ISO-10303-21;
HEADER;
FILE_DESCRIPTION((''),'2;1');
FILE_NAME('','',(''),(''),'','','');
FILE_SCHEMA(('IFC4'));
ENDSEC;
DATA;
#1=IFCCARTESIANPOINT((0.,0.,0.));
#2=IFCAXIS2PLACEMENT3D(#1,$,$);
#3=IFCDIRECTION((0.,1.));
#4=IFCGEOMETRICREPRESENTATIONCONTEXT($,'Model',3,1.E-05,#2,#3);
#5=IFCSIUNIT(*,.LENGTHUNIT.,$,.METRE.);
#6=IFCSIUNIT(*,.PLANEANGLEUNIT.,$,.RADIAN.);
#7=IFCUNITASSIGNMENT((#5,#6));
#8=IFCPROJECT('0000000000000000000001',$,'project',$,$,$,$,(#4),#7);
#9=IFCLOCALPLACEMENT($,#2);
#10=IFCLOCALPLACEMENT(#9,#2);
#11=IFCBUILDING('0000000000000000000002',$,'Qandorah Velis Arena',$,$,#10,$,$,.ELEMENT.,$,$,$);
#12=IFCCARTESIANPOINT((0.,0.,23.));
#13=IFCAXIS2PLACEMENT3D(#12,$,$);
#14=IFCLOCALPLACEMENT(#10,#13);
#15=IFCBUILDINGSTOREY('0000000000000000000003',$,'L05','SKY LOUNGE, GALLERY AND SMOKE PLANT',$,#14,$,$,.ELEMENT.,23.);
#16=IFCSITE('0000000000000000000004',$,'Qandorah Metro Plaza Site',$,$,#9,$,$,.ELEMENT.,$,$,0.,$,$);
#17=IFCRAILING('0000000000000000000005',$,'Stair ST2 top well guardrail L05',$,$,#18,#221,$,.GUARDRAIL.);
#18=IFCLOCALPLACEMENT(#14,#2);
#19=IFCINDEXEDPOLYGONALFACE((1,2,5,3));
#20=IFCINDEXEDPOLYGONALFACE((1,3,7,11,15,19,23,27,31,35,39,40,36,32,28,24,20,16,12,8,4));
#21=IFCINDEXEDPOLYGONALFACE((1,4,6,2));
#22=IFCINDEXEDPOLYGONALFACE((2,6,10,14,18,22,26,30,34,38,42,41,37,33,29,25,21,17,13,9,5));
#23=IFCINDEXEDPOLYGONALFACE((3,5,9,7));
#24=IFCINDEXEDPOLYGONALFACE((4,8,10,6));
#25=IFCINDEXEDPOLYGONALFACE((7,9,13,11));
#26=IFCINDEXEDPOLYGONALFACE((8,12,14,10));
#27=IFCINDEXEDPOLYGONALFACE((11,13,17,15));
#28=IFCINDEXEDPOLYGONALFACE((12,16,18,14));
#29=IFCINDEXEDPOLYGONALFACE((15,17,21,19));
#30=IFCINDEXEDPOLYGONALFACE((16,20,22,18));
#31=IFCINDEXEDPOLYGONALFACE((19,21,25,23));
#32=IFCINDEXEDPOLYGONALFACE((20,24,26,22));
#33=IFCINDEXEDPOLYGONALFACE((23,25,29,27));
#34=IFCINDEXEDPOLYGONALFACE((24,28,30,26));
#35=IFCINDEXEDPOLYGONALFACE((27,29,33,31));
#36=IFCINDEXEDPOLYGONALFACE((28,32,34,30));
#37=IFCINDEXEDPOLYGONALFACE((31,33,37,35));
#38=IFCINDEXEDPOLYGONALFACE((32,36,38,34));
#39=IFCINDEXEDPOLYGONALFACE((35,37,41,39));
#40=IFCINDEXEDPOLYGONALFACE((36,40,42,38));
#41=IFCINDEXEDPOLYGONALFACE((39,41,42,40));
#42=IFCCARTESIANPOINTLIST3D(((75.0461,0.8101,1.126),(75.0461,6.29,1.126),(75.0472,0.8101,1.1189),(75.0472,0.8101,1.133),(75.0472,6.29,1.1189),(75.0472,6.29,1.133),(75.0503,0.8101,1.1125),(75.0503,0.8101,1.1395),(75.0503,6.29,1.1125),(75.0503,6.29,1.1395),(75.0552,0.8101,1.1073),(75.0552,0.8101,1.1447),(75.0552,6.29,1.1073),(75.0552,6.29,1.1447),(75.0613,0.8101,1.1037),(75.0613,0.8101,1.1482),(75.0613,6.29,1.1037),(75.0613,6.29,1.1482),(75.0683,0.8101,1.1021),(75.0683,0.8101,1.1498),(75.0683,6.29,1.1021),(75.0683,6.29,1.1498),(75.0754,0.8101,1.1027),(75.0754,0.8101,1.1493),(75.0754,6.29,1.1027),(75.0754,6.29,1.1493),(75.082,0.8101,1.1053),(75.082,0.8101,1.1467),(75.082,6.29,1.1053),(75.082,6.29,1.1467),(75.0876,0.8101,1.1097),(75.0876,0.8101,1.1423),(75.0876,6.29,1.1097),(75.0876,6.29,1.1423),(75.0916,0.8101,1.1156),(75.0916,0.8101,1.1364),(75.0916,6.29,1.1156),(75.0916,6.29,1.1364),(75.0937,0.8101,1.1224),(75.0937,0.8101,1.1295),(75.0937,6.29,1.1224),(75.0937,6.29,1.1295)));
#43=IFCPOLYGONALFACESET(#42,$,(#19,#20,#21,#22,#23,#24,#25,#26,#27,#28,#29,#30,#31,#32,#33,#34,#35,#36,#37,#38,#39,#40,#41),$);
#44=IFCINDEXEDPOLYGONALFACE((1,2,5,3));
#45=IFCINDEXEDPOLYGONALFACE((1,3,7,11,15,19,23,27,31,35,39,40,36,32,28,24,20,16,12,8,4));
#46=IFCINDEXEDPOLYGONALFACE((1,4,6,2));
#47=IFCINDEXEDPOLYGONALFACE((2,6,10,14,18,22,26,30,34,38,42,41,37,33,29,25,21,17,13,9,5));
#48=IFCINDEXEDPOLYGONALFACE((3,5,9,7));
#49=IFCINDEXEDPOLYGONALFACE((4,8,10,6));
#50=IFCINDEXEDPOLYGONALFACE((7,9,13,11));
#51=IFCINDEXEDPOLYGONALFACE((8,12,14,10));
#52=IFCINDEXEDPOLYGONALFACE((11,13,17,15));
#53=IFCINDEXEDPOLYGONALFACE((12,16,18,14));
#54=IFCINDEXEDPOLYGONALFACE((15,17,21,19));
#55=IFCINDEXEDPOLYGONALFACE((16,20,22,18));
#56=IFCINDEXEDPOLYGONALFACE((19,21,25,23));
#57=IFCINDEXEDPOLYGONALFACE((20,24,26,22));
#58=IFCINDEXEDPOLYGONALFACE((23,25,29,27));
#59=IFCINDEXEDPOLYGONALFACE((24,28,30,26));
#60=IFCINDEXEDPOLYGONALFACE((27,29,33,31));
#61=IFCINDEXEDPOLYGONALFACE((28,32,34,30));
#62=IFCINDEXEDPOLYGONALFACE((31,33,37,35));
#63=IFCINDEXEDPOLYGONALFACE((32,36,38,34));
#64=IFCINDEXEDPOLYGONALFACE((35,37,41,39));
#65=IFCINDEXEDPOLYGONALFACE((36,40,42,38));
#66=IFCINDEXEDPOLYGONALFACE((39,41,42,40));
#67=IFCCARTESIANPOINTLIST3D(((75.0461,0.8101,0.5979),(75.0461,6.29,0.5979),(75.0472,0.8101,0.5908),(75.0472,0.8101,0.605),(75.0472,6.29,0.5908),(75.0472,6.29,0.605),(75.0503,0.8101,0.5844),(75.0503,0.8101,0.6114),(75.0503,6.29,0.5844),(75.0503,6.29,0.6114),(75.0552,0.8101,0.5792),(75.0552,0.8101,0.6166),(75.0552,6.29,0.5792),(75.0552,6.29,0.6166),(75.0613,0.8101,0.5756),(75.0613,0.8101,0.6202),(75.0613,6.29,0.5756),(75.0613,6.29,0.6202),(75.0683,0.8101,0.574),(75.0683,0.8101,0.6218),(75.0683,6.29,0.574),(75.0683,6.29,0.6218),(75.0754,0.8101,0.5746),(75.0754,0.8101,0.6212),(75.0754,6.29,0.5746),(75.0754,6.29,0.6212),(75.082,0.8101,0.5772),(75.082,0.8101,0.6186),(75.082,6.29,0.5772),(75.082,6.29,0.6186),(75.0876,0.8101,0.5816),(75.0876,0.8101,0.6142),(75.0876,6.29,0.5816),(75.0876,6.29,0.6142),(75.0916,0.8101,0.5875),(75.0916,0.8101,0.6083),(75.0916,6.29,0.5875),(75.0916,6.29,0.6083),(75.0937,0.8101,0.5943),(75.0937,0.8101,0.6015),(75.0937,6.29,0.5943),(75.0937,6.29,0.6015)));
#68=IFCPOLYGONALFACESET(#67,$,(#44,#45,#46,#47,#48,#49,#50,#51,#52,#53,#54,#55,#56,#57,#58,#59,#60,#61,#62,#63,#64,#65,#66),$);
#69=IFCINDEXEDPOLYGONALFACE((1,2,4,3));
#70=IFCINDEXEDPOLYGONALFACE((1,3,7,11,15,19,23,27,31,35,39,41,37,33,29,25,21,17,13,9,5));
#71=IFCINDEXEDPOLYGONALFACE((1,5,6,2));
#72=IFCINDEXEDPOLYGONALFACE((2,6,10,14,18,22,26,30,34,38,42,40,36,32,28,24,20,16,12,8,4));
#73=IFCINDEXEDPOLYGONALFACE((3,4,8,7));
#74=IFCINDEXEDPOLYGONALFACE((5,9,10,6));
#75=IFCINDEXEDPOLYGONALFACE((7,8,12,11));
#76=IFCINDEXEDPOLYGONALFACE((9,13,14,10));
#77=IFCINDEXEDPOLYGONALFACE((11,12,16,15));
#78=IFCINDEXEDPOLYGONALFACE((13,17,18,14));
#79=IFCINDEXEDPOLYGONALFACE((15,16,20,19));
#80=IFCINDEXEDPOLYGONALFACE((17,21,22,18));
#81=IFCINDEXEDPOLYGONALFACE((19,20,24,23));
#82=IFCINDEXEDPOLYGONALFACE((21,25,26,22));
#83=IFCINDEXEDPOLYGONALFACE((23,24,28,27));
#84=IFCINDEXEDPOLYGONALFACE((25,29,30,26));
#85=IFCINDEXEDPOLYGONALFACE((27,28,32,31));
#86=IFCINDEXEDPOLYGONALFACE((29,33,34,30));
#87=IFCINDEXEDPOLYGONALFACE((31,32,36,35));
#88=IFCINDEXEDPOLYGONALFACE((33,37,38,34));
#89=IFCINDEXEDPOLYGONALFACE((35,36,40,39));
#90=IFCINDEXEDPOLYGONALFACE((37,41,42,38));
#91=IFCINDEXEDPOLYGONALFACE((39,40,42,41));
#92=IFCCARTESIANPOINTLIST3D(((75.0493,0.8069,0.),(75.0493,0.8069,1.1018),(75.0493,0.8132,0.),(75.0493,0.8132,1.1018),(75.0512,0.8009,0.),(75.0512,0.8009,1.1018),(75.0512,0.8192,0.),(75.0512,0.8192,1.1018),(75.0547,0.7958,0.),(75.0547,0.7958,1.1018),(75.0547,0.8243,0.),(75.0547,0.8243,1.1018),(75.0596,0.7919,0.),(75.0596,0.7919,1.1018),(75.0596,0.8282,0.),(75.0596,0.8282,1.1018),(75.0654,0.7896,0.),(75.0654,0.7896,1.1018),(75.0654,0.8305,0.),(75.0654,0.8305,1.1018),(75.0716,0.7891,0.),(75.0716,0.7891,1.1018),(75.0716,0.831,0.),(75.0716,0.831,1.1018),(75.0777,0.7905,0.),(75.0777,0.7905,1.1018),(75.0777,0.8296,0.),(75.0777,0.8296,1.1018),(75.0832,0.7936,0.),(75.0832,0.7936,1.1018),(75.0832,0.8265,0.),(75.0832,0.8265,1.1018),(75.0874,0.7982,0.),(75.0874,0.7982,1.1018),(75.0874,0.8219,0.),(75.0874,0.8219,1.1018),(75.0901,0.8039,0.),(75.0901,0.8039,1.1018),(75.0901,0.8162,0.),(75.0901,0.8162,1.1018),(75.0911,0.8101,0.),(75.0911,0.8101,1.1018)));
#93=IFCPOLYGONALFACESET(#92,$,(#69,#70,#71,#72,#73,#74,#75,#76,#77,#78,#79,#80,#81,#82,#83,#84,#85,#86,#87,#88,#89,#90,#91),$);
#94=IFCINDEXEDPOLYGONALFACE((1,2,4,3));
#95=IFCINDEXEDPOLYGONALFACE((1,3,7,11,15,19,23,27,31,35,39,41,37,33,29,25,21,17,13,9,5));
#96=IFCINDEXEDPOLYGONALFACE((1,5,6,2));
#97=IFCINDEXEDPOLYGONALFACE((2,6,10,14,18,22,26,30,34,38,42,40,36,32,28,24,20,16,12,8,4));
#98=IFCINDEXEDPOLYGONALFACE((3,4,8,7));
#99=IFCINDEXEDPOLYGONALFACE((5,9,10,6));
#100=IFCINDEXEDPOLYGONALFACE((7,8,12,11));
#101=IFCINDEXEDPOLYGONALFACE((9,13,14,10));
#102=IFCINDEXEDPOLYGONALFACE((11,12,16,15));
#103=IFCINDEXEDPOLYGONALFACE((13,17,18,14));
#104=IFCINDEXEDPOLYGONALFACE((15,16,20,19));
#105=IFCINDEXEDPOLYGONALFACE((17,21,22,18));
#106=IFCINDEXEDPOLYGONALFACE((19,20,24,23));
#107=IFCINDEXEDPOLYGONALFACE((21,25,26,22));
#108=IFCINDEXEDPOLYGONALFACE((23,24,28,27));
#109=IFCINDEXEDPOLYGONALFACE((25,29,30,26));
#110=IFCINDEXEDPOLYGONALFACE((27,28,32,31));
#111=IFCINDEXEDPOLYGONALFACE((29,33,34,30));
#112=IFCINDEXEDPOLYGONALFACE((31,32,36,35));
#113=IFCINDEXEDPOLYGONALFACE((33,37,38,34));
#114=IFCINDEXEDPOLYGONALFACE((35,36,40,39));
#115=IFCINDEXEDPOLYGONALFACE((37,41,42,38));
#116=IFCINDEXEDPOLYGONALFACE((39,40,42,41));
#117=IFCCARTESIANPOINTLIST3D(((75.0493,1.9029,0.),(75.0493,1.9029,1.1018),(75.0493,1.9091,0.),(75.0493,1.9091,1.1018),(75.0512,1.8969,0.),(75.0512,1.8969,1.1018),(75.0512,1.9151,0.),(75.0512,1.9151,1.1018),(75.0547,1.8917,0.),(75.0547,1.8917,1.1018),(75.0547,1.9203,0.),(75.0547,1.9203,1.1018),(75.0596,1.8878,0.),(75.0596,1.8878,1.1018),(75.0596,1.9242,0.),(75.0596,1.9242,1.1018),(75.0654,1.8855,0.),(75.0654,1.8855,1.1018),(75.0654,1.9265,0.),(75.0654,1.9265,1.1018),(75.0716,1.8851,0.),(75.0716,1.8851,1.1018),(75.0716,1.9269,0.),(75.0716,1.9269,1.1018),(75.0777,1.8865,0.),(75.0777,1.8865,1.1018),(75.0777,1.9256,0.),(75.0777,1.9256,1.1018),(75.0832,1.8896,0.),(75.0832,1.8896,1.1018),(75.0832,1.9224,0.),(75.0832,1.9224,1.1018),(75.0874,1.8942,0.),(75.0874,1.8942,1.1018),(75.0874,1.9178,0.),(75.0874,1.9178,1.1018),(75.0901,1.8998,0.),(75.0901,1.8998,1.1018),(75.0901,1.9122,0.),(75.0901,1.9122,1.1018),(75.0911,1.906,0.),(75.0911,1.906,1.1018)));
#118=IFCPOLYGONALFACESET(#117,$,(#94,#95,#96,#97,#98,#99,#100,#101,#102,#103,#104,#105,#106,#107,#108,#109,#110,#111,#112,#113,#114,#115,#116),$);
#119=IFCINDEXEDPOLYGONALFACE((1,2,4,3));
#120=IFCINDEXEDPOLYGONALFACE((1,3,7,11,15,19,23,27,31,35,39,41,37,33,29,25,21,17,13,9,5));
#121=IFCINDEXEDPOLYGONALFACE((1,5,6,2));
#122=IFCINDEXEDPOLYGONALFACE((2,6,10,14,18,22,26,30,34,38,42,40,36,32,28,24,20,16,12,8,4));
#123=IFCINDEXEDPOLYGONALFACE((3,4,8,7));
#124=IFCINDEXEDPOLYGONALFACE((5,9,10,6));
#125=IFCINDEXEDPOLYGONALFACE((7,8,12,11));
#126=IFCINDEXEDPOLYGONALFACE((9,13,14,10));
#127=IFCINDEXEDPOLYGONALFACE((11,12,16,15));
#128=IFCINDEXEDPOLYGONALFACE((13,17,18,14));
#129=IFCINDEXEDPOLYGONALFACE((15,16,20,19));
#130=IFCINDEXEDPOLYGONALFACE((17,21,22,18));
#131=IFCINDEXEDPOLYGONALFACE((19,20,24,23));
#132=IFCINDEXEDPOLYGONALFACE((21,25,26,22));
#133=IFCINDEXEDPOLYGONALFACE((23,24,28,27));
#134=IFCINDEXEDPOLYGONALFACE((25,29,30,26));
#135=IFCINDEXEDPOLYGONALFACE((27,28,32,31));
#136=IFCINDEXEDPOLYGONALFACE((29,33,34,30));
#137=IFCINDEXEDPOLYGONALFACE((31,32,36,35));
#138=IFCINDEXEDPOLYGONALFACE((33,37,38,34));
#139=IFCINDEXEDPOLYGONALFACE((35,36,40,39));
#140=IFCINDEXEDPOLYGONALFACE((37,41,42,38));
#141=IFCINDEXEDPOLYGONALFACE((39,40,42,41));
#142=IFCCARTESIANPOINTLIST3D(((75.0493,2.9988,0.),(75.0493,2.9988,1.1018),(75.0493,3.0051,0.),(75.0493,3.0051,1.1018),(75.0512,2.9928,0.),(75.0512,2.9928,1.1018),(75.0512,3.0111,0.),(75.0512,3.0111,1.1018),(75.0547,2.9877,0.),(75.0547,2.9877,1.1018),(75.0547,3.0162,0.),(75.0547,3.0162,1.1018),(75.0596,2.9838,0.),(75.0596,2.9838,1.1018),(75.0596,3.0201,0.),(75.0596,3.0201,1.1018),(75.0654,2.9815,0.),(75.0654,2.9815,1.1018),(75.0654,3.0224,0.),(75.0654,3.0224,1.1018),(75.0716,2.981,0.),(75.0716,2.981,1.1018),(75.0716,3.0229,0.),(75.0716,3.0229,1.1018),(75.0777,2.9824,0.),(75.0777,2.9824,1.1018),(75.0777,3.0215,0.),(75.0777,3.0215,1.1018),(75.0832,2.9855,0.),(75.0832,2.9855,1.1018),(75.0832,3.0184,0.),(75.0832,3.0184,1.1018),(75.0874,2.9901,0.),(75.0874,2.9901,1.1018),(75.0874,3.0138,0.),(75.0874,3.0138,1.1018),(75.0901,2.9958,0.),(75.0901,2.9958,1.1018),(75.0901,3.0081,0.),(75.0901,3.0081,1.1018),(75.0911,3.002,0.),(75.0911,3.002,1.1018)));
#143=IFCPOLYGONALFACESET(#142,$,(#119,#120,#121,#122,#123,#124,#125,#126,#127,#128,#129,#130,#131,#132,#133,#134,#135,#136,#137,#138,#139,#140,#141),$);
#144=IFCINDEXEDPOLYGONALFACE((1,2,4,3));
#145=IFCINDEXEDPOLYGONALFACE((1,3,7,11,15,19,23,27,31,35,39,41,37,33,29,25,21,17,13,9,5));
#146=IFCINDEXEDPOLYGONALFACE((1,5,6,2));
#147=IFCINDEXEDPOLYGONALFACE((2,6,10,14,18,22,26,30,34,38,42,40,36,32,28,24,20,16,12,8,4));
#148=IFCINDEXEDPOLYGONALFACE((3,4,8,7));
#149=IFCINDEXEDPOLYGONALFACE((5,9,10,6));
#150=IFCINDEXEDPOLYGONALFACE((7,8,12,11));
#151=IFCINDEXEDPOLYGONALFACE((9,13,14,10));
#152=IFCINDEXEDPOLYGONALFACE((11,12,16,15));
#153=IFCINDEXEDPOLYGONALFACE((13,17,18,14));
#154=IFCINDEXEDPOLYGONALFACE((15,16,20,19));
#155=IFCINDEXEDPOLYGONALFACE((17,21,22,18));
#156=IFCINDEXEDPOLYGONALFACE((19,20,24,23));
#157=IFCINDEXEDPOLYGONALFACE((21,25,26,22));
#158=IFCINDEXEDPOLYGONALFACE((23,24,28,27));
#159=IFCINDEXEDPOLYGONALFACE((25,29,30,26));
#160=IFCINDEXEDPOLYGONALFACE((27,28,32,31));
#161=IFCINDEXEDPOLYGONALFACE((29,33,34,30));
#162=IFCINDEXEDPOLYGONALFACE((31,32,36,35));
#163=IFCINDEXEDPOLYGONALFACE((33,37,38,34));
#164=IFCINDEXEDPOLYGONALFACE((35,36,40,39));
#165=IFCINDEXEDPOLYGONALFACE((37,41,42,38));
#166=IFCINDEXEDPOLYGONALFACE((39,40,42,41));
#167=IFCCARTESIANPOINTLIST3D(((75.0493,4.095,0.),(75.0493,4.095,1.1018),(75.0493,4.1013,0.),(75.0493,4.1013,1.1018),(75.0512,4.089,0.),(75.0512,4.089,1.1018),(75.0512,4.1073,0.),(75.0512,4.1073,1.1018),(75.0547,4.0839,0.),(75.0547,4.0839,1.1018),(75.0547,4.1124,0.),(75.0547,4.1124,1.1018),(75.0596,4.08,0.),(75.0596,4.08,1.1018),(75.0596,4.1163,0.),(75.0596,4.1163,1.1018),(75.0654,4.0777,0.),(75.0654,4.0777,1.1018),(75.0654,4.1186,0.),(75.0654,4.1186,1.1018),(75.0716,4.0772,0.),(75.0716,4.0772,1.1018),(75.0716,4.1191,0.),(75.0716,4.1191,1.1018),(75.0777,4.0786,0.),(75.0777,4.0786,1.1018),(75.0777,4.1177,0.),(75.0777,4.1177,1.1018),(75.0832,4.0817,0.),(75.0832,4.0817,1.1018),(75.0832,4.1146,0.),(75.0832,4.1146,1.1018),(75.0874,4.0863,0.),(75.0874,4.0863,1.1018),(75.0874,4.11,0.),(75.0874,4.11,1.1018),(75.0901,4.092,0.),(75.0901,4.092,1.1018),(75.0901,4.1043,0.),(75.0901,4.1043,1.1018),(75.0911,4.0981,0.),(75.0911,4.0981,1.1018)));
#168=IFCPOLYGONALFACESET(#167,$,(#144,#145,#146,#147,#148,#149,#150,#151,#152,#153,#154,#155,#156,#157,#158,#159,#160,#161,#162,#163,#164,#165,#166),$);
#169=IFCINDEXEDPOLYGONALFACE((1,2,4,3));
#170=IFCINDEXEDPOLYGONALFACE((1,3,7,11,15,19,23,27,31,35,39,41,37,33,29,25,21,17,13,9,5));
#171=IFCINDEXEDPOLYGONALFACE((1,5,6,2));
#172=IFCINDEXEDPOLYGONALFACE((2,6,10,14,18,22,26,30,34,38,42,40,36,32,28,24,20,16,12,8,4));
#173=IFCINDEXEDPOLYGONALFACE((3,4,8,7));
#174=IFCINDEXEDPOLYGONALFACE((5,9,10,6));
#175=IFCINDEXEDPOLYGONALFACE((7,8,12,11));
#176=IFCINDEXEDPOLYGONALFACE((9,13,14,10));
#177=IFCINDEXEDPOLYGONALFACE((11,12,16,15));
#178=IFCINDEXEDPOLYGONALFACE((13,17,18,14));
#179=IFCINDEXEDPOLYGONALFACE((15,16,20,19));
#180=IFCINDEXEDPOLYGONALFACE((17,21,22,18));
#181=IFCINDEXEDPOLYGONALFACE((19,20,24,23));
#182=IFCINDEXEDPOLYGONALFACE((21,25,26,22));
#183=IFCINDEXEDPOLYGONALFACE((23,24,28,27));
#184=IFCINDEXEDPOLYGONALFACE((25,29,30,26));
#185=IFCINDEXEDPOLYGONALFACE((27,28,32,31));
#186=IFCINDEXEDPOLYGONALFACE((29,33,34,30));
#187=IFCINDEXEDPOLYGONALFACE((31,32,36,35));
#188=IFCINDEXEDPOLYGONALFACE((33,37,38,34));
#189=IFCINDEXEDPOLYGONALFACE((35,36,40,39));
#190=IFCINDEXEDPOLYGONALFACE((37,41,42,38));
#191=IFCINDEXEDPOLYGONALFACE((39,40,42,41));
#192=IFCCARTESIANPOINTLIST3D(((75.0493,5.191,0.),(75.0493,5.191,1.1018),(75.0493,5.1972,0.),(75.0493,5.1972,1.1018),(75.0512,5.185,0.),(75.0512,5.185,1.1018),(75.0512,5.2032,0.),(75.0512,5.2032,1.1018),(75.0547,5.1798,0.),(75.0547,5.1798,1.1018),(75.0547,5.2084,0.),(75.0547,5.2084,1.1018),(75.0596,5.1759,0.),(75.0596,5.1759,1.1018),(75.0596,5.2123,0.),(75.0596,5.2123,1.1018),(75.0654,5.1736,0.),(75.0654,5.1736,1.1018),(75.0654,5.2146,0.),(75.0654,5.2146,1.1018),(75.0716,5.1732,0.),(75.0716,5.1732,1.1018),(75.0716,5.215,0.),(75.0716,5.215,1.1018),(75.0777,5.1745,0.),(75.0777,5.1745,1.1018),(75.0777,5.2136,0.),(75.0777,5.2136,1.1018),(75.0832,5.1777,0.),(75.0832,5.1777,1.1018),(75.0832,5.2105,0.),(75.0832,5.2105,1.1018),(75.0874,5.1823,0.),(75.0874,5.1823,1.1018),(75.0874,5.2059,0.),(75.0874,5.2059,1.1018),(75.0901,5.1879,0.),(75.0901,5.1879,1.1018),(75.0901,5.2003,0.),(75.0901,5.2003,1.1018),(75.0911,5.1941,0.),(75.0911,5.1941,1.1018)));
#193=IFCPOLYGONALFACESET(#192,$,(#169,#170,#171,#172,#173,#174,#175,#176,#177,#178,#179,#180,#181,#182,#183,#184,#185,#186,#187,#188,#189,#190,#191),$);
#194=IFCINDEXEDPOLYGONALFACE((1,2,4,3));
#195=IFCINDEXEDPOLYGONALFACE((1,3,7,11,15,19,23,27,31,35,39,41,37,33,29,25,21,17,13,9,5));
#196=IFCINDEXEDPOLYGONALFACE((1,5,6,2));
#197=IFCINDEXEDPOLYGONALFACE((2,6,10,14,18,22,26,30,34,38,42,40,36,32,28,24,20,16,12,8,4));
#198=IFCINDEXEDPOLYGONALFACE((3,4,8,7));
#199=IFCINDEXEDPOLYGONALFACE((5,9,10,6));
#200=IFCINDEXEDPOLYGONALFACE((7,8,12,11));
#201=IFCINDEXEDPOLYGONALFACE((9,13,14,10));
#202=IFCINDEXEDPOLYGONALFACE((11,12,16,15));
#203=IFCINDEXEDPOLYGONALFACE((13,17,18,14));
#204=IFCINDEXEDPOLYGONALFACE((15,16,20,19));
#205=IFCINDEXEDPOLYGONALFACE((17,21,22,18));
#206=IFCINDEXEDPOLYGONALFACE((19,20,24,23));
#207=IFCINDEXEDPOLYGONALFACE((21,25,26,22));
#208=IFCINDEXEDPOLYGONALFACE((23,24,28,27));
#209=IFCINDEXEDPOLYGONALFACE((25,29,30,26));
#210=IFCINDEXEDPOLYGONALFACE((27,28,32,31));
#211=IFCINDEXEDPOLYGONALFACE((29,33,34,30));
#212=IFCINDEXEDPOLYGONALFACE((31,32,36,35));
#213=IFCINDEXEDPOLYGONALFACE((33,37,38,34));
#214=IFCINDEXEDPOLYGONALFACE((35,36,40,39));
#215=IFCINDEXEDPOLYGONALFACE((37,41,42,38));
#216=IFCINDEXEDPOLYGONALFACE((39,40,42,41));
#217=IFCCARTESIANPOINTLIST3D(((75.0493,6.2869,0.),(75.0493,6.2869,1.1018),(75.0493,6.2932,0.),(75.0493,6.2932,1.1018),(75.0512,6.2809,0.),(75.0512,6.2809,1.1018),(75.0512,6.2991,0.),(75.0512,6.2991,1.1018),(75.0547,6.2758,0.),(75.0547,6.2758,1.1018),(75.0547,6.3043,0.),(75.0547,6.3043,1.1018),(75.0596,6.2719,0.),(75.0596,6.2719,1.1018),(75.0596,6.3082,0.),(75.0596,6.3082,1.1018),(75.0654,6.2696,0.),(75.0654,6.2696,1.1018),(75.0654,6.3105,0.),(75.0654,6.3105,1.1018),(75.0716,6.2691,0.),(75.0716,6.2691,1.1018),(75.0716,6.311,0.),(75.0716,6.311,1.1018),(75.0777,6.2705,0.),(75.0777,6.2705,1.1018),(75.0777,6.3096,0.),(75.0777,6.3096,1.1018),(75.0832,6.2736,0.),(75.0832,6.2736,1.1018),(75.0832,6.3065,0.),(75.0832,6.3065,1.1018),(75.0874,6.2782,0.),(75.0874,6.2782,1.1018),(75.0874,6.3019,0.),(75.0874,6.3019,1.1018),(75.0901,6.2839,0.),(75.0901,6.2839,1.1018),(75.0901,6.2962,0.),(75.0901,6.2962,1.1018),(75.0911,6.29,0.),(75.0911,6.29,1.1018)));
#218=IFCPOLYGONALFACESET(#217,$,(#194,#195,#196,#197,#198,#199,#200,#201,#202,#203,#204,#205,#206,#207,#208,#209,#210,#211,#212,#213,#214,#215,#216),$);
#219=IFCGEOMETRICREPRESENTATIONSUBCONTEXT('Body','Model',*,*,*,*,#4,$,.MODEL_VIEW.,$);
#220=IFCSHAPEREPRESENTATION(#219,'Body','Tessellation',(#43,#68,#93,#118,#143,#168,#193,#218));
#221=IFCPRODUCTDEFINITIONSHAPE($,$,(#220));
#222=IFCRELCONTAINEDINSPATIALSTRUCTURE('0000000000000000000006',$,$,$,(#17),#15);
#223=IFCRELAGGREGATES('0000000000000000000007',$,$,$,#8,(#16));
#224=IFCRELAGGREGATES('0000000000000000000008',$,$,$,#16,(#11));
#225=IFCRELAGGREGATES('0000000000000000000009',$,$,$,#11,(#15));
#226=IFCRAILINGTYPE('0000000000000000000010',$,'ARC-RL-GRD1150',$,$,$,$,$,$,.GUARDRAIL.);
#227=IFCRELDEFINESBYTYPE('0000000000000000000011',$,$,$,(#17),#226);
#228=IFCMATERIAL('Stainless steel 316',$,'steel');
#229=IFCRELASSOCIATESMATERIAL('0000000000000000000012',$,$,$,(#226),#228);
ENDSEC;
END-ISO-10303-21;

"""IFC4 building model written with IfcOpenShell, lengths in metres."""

from ifc_helpers import new_model, si_unit, direction, frame, origin, origin_2d, place, context, subcontext, project, spatial, circle, extrude, material, type_object, element, save


model = new_model("IFC4")

# Units and contexts
model_context = context("Model", 3, precision=1e-05, world=origin(), true_north=direction((0.0, 1.0)))
body_context = subcontext(model_context, "Body", "Model", "MODEL_VIEW")
ifc_project = project(units=[si_unit("LENGTHUNIT", "METRE"), si_unit("PLANEANGLEUNIT", "RADIAN")], contexts=[model_context])

# Site, building, storey
site_placement = place(None, origin())
site = spatial("IfcSite", under=ifc_project, at=site_placement, Name="Qandorah Metro Plaza Site", CompositionType="ELEMENT", RefElevation=0.0)
building_placement = place(site_placement, origin())
building = spatial("IfcBuilding", under=site, at=building_placement, Name="Qandorah Velis Arena", CompositionType="ELEMENT")
storey_placement = place(building_placement, frame((0.0, 0.0, 23.0)))
storey = spatial("IfcBuildingStorey", under=building, at=storey_placement, Name="L05", Description="SKY LOUNGE, GALLERY AND SMOKE PLANT", CompositionType="ELEMENT", Elevation=23.0)

# Railing
ifc_material_1 = material(Name="Stainless steel 316", Category="steel")
railing_type = type_object("IfcRailingType", Name="ARC-RL-GRD1150", PredefinedType="GUARDRAIL", material=ifc_material_1)
railing_1_placement = place(storey_placement, frame((75.0701, 0.8101, 0.0)))
element("IfcRailing", 1, at=railing_1_placement, inside=storey, type_object=railing_type, Name="Stair ST2 top well guardrail L05", PredefinedType="GUARDRAIL", context=body_context, shape_type="SweptSolid", body=[
    extrude(circle(Radius=0.0239, at=origin_2d()), frame((0.0, 0.0, 1.126), z_axis=(0.0, 1.0, 0.0), x_axis=(-1.0, 0.0, 0.0)), (0.0, 0.0, 1.0), 5.48),
    extrude(circle(Radius=0.0239, at=origin_2d()), frame((0.0, 0.0, 0.5979), z_axis=(0.0, 1.0, 0.0), x_axis=(-1.0, 0.0, 0.0)), (0.0, 0.0, 1.0), 5.48),
    extrude(circle(Radius=0.021, at=origin_2d()), origin(), (0.0, 0.0, 1.0), 1.1018),
    extrude(circle(Radius=0.021, at=origin_2d()), frame((0.0, 1.0959, 0.0)), (0.0, 0.0, 1.0), 1.1018),
    extrude(circle(Radius=0.021, at=origin_2d()), frame((0.0, 2.1919, 0.0)), (0.0, 0.0, 1.0), 1.1018),
    extrude(circle(Radius=0.021, at=origin_2d()), frame((0.0, 3.2881, 0.0)), (0.0, 0.0, 1.0), 1.1018),
    extrude(circle(Radius=0.021, at=origin_2d()), frame((0.0, 4.384, 0.0)), (0.0, 0.0, 1.0), 1.1018),
    extrude(circle(Radius=0.021, at=origin_2d()), frame((0.0, 5.48, 0.0)), (0.0, 0.0, 1.0), 1.1018),
])

save(model, "model.ifc")
